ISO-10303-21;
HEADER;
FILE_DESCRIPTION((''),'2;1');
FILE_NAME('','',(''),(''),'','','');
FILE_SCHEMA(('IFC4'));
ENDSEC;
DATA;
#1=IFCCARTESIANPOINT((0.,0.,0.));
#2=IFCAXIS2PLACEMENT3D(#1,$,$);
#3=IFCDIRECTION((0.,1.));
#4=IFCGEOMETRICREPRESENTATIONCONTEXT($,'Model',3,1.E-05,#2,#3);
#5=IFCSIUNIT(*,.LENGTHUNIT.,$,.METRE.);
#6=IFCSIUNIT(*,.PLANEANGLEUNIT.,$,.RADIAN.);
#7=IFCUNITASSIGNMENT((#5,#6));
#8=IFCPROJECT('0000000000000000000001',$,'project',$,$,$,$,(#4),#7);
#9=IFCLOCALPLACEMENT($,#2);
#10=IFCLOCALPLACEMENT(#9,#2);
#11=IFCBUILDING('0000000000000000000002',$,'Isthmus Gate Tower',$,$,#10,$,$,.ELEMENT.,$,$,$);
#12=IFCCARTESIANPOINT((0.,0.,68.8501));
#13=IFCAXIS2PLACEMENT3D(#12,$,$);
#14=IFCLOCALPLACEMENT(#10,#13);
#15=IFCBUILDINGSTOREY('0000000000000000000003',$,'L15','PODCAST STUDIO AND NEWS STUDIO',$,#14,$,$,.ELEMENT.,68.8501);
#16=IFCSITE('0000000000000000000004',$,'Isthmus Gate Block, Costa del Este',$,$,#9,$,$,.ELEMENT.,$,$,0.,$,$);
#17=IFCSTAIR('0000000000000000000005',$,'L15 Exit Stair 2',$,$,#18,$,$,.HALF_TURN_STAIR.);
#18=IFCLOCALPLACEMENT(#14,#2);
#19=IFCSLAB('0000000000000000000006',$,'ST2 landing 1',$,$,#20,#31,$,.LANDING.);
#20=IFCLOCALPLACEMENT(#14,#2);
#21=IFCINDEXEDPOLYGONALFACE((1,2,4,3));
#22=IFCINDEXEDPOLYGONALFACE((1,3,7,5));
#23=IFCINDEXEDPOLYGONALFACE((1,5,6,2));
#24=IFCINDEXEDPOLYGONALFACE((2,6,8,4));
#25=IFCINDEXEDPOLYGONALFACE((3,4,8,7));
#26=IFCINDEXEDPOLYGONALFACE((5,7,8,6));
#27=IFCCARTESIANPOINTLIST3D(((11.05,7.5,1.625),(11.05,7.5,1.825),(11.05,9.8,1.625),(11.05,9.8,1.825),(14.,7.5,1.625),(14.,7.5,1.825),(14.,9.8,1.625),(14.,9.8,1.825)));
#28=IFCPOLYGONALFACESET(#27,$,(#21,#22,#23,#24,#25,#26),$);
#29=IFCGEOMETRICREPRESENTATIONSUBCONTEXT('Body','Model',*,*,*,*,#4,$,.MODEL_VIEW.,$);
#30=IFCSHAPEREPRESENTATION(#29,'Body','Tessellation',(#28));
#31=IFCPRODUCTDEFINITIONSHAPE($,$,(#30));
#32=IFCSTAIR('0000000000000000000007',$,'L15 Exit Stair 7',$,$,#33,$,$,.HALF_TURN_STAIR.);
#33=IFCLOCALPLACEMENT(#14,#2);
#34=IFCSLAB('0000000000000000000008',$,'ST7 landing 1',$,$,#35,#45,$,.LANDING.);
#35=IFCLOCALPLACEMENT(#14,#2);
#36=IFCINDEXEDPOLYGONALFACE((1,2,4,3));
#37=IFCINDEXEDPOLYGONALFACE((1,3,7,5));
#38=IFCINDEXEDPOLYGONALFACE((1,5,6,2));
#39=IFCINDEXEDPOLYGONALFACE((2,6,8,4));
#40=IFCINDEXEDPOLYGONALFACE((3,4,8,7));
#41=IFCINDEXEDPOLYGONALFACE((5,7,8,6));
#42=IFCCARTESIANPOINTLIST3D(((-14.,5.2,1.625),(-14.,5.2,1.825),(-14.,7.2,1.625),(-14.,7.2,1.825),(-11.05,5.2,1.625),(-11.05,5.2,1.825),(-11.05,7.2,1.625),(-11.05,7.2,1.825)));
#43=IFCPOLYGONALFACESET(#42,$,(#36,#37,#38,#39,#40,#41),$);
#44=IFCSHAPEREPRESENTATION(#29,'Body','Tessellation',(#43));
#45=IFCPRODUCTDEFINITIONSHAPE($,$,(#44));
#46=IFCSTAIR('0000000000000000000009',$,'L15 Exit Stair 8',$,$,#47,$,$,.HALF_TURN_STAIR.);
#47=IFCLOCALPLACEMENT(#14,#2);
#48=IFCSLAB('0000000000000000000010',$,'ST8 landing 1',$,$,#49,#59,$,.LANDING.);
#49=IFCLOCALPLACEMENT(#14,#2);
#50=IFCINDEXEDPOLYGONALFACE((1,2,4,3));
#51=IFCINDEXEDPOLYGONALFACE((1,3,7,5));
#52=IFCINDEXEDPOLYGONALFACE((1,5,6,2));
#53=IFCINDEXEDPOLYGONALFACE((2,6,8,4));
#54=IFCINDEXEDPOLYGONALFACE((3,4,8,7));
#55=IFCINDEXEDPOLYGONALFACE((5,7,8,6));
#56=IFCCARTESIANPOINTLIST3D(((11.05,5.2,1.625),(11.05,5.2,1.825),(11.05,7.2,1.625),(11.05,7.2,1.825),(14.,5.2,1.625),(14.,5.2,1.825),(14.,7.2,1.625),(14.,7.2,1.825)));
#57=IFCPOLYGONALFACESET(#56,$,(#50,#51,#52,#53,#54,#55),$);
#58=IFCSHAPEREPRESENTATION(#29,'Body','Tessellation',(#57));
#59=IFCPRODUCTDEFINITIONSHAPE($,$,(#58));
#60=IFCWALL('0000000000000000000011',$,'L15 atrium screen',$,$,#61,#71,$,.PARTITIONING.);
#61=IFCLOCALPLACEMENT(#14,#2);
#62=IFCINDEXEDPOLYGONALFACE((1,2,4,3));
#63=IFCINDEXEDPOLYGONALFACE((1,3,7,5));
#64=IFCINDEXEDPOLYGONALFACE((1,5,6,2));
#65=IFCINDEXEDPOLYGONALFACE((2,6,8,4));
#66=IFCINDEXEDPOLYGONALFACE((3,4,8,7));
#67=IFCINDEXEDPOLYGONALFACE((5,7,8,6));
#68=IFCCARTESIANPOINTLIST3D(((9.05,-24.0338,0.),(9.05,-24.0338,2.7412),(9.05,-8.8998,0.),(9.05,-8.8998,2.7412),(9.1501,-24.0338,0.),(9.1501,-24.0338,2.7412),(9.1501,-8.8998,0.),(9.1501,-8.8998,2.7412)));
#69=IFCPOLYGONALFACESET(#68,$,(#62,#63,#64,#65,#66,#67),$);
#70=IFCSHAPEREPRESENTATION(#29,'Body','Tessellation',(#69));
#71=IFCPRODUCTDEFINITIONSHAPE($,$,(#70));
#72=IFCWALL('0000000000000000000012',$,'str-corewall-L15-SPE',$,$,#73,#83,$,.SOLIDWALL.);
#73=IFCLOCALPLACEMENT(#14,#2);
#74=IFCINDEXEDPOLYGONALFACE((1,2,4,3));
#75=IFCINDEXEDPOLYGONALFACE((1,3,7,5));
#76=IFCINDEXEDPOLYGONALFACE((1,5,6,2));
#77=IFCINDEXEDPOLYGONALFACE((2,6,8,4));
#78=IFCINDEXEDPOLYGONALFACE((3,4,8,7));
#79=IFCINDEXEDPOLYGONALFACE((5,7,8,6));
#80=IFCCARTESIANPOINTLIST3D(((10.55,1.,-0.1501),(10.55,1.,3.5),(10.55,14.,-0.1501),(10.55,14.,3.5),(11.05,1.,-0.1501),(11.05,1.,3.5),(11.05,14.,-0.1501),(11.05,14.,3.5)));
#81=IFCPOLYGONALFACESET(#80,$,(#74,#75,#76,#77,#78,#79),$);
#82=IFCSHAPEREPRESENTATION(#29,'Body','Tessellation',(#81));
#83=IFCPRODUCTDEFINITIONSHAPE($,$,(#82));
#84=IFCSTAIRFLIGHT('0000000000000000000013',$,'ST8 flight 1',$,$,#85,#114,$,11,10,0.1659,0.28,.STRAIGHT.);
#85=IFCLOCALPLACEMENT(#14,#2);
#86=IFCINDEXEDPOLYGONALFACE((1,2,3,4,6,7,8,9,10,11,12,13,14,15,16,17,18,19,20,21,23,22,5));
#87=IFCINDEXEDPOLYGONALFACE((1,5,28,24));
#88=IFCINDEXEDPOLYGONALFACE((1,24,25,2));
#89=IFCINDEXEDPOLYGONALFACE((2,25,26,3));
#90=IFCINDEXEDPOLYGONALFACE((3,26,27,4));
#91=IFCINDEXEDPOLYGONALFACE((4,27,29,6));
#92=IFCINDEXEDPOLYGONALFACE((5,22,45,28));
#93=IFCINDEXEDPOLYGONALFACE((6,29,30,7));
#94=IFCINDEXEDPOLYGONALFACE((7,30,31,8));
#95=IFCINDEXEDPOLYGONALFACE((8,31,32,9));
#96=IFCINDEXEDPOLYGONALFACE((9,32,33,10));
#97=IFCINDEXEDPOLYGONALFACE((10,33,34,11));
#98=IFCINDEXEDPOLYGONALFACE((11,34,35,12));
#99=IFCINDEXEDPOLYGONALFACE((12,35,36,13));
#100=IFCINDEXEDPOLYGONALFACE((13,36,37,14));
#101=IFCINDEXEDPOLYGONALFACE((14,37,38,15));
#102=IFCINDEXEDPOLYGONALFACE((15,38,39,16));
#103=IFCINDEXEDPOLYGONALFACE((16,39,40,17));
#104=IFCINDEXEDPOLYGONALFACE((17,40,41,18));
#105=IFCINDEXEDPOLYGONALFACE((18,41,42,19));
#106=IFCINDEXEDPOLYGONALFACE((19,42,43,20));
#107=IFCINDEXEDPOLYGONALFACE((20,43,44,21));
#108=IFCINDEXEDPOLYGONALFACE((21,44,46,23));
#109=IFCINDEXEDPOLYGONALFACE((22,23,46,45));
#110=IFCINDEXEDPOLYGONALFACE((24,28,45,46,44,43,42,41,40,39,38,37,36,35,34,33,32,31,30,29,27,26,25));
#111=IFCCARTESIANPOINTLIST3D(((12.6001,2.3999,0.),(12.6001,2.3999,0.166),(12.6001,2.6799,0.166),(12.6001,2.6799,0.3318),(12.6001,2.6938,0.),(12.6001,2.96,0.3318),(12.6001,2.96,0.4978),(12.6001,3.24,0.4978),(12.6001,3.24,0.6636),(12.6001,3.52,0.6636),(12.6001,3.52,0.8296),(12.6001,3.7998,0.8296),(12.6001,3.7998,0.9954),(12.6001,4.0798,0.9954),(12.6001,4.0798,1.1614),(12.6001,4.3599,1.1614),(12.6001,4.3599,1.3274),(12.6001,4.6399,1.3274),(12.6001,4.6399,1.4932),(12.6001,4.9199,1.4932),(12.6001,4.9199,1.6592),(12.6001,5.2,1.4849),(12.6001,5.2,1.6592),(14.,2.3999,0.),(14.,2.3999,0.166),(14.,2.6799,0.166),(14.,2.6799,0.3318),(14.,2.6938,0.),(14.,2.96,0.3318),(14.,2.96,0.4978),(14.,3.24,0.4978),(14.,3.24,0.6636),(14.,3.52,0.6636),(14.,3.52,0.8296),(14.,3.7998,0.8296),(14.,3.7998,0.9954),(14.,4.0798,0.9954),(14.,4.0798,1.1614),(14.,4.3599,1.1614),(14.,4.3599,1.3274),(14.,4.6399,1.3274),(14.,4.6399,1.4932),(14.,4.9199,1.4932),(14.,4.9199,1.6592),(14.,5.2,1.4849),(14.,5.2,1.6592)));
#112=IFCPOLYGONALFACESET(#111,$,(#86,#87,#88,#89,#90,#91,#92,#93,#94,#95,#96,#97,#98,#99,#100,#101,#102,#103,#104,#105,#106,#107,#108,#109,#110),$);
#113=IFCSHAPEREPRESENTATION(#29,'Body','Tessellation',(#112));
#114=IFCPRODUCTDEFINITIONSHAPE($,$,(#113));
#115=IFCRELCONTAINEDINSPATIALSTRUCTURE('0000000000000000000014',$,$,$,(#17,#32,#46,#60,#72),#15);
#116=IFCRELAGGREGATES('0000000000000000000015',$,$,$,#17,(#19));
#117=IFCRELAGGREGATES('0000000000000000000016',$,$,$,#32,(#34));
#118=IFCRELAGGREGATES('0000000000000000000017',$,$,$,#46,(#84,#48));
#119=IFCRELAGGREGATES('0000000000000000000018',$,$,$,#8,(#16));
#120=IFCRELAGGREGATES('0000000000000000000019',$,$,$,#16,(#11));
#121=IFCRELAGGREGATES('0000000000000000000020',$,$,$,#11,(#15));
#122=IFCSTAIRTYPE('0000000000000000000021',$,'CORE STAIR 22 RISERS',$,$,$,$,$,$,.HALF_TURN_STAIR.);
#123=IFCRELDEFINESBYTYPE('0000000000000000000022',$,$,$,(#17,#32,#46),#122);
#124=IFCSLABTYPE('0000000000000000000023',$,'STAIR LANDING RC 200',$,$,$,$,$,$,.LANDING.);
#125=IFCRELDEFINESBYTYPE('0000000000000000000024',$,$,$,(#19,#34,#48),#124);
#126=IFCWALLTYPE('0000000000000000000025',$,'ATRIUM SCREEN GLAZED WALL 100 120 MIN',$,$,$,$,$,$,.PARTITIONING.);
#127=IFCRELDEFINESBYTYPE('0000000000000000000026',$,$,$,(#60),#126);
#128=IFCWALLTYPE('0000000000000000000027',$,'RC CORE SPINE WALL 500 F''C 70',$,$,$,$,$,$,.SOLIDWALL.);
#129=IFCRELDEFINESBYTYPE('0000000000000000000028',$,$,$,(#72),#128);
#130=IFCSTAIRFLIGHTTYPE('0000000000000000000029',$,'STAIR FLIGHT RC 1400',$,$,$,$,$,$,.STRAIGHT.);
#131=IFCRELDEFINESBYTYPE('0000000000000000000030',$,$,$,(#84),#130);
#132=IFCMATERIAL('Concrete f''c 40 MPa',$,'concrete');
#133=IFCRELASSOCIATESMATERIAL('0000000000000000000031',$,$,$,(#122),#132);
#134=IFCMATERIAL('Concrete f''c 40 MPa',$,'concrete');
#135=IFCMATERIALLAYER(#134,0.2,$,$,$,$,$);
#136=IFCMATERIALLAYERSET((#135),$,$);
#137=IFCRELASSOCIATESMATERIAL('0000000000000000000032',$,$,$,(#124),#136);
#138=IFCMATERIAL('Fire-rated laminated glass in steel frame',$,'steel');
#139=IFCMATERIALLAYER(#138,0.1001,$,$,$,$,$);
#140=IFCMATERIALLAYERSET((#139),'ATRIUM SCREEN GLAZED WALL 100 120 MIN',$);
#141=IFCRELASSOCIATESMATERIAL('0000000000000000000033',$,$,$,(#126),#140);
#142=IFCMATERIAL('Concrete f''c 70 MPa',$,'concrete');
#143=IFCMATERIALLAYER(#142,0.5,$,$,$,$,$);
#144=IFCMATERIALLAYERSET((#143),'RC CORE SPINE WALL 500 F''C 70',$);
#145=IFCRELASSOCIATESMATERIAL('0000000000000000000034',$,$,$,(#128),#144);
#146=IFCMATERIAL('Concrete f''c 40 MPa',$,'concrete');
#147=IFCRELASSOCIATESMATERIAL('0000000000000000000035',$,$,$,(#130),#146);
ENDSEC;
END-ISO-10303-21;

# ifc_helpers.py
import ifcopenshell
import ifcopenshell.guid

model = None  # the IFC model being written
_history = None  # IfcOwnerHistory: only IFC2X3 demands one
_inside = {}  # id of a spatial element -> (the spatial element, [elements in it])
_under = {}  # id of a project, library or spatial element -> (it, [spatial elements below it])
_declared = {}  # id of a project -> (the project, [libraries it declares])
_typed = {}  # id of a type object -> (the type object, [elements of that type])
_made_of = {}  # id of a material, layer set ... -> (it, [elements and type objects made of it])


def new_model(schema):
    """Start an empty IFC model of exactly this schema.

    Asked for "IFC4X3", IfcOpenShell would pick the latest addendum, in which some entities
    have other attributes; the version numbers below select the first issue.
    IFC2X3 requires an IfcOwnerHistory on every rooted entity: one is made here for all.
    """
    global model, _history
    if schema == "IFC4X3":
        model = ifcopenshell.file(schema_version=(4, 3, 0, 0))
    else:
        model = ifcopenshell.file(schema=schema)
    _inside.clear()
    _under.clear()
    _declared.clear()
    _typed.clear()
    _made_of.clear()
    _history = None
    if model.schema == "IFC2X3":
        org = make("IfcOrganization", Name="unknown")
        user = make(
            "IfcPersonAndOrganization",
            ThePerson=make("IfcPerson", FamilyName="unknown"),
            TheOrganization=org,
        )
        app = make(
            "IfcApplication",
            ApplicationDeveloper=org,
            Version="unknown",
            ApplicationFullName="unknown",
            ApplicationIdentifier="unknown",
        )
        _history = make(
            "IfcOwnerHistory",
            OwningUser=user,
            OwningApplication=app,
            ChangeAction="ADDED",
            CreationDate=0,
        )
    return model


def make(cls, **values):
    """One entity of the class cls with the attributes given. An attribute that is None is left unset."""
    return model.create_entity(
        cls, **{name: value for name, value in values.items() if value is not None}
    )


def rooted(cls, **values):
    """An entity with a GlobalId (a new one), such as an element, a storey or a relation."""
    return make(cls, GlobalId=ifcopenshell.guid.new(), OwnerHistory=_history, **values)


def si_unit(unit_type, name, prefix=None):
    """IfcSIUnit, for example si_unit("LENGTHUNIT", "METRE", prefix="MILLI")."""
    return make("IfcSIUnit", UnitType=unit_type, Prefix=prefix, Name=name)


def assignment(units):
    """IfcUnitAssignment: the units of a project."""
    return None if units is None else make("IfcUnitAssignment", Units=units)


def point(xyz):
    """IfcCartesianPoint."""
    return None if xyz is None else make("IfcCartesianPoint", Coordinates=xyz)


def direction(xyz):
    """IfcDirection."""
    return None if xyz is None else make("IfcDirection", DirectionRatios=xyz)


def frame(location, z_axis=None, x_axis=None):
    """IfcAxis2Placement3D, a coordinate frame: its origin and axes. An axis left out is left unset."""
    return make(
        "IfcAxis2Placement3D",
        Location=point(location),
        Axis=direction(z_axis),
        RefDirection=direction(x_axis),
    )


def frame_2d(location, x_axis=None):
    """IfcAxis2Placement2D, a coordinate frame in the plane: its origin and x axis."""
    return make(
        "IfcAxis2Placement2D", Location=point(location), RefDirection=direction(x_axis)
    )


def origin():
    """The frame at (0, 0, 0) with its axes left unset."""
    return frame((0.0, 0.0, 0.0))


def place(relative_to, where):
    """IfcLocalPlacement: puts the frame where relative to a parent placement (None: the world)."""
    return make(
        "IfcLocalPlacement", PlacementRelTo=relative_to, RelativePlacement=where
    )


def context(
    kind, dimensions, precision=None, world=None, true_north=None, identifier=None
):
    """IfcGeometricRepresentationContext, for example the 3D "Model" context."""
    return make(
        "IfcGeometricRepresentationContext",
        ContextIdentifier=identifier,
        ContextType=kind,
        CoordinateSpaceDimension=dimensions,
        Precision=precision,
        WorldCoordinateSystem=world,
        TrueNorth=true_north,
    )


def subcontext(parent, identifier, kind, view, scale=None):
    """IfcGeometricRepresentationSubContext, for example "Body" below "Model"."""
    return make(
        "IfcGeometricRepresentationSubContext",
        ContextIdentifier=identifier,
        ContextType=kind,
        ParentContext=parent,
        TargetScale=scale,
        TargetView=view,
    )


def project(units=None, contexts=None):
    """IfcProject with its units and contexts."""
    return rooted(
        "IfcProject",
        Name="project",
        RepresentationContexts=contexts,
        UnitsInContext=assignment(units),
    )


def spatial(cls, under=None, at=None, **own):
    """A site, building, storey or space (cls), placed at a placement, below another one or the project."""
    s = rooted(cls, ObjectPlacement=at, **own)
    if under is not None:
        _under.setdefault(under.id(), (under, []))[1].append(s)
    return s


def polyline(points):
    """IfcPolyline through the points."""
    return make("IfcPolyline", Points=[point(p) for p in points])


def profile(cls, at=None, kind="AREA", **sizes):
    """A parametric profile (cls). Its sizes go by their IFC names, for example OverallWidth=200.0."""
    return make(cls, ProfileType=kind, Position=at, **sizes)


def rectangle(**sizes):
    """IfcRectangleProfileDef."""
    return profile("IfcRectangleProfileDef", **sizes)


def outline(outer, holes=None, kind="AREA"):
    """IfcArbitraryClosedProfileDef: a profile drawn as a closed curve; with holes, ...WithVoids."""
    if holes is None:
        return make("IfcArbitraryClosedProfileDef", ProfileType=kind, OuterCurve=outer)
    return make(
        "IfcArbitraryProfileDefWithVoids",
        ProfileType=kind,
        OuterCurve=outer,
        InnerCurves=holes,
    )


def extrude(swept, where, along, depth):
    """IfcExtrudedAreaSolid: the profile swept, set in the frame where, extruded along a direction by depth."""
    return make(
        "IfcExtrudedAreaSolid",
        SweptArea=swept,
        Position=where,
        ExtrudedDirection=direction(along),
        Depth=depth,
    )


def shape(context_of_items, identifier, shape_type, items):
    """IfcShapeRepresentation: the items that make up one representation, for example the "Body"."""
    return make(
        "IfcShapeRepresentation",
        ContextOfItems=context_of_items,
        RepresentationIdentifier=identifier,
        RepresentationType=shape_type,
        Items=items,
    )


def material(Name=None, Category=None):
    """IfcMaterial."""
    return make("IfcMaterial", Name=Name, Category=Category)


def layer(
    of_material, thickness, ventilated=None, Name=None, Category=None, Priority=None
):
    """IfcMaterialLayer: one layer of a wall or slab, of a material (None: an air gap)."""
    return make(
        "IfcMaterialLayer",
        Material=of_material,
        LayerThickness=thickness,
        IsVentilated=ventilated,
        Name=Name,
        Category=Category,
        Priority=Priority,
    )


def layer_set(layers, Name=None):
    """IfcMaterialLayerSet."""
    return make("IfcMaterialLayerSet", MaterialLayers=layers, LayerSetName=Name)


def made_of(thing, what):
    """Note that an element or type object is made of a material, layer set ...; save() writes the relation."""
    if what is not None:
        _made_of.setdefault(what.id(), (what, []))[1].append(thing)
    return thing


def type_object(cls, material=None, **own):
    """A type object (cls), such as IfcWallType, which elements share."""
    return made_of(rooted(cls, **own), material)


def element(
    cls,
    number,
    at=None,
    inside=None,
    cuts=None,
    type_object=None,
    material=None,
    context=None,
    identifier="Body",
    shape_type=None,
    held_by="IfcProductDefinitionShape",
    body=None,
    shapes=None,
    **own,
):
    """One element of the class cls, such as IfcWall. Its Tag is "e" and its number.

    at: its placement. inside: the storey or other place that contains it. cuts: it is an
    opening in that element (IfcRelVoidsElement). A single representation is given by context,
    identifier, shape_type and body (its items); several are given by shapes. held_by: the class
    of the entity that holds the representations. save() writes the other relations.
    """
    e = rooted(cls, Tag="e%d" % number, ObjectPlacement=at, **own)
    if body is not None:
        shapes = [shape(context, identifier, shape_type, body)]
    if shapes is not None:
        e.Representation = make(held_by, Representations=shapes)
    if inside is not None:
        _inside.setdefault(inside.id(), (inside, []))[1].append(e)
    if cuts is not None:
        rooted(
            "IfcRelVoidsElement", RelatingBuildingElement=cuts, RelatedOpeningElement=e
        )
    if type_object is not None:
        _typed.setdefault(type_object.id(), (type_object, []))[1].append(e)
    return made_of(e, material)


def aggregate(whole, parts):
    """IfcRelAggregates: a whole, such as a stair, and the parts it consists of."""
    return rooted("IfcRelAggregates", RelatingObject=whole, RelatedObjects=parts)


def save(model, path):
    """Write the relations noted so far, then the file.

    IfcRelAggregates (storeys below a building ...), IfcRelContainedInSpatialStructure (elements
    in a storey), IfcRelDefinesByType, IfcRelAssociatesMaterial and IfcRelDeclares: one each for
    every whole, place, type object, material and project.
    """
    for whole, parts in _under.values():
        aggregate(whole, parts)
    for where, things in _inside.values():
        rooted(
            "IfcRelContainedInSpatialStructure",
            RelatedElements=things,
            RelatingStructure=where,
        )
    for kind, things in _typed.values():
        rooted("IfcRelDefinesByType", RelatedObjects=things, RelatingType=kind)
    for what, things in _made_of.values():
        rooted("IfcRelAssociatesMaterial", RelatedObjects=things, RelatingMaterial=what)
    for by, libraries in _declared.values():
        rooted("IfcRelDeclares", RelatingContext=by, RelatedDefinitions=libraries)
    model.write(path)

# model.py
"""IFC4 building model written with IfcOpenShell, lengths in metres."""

from ifc_helpers import new_model, si_unit, direction, frame, frame_2d, origin, place, context, subcontext, project, spatial, polyline, rectangle, outline, extrude, material, layer, layer_set, type_object, element, aggregate, save


model = new_model("IFC4")

# Units and contexts
model_context = context("Model", 3, precision=1e-05, world=origin(), true_north=direction((0.0, 1.0)))
body_context = subcontext(model_context, "Body", "Model", "MODEL_VIEW")
ifc_project = project(units=[si_unit("LENGTHUNIT", "METRE"), si_unit("PLANEANGLEUNIT", "RADIAN")], contexts=[model_context])

# Site, building, storey
site_placement = place(None, origin())
site = spatial("IfcSite", under=ifc_project, at=site_placement, Name="Isthmus Gate Block, Costa del Este", CompositionType="ELEMENT", RefElevation=0.0)
building_placement = place(site_placement, origin())
building = spatial("IfcBuilding", under=site, at=building_placement, Name="Isthmus Gate Tower", CompositionType="ELEMENT")
storey_placement = place(building_placement, frame((0.0, 0.0, 68.8501)))
storey = spatial("IfcBuildingStorey", under=building, at=storey_placement, Name="L15", Description="PODCAST STUDIO AND NEWS STUDIO", CompositionType="ELEMENT", Elevation=68.8501)

# Stairs, slabs
ifc_material_1 = material(Name="Concrete f'c 40 MPa", Category="concrete")
stair_type = type_object("IfcStairType", Name="CORE STAIR 22 RISERS", PredefinedType="HALF_TURN_STAIR", material=ifc_material_1)
ifc_material_2 = material(Name="Concrete f'c 40 MPa", Category="concrete")
ifc_layer_1 = layer(ifc_material_2, 0.2)
ifc_layer_set_1 = layer_set([ifc_layer_1])
slab_type_1 = type_object("IfcSlabType", Name="STAIR LANDING RC 200", PredefinedType="LANDING", material=ifc_layer_set_1)
stair_1_placement = place(storey_placement, origin())
stair_1 = element("IfcStair", 1, at=stair_1_placement, inside=storey, type_object=stair_type, Name="L15 Exit Stair 2", PredefinedType="HALF_TURN_STAIR")
slab_1_placement = place(storey_placement, frame((0.0, 0.0, 1.625)))
slab_1 = element("IfcSlab", 2, at=slab_1_placement, type_object=slab_type_1, Name="ST2 landing 1", PredefinedType="LANDING", context=body_context, shape_type="SweptSolid", body=[
    extrude(outline(polyline([(11.05, 9.8), (11.05, 7.5), (14.0, 7.5), (14.0, 9.8), (11.05, 9.8)])), origin(), (0.0, 0.0, 1.0), 0.2),
])
aggregate(stair_1, [slab_1])
stair_2_placement = place(storey_placement, origin())
stair_2 = element("IfcStair", 3, at=stair_2_placement, inside=storey, type_object=stair_type, Name="L15 Exit Stair 7", PredefinedType="HALF_TURN_STAIR")
slab_2_placement = place(storey_placement, frame((0.0, 0.0, 1.625)))
slab_2 = element("IfcSlab", 4, at=slab_2_placement, type_object=slab_type_1, Name="ST7 landing 1", PredefinedType="LANDING", context=body_context, shape_type="SweptSolid", body=[
    extrude(outline(polyline([(-11.05, 5.2), (-11.05, 7.2), (-14.0, 7.2), (-14.0, 5.2), (-11.05, 5.2)])), origin(), (0.0, 0.0, 1.0), 0.2),
])
aggregate(stair_2, [slab_2])
stair_3_placement = place(storey_placement, origin())
stair_3 = element("IfcStair", 5, at=stair_3_placement, inside=storey, type_object=stair_type, Name="L15 Exit Stair 8", PredefinedType="HALF_TURN_STAIR")
slab_3_placement = place(storey_placement, frame((0.0, 0.0, 1.625)))
slab_3 = element("IfcSlab", 6, at=slab_3_placement, type_object=slab_type_1, Name="ST8 landing 1", PredefinedType="LANDING", context=body_context, shape_type="SweptSolid", body=[
    extrude(outline(polyline([(14.0, 5.2), (14.0, 7.2), (11.05, 7.2), (11.05, 5.2), (14.0, 5.2)])), origin(), (0.0, 0.0, 1.0), 0.2),
])

# Walls
ifc_material_3 = material(Name="Fire-rated laminated glass in steel frame", Category="steel")
ifc_layer_2 = layer(ifc_material_3, 0.1001)
ifc_layer_set_2 = layer_set([ifc_layer_2], Name="ATRIUM SCREEN GLAZED WALL 100 120 MIN")
wall_type_1 = type_object("IfcWallType", Name="ATRIUM SCREEN GLAZED WALL 100 120 MIN", PredefinedType="PARTITIONING", material=ifc_layer_set_2)
wall_1_placement = place(storey_placement, frame((9.1001, -8.8999, 0.0), z_axis=(0.0, 0.0, 1.0), x_axis=(0.0, -1.0, 0.0)))
element("IfcWall", 7, at=wall_1_placement, inside=storey, type_object=wall_type_1, Name="L15 atrium screen", PredefinedType="PARTITIONING", context=body_context, shape_type="SweptSolid", body=[
    extrude(rectangle(XDim=15.134, YDim=0.1001, at=frame_2d((7.5669, 0.0))), origin(), (0.0, 0.0, 1.0), 2.7412),
])
ifc_material_4 = material(Name="Concrete f'c 70 MPa", Category="concrete")
ifc_layer_3 = layer(ifc_material_4, 0.5)
ifc_layer_set_3 = layer_set([ifc_layer_3], Name="RC CORE SPINE WALL 500 F'C 70")
wall_type_2 = type_object("IfcWallType", Name="RC CORE SPINE WALL 500 F'C 70", PredefinedType="SOLIDWALL", material=ifc_layer_set_3)
wall_2_placement = place(storey_placement, frame((10.8, 1.0, -0.1501), z_axis=(0.0, 0.0, 1.0), x_axis=(0.0, 1.0, 0.0)))
element("IfcWall", 8, at=wall_2_placement, inside=storey, type_object=wall_type_2, Name="str-corewall-L15-SPE", PredefinedType="SOLIDWALL", context=body_context, shape_type="SweptSolid", body=[
    extrude(rectangle(XDim=13.0, YDim=0.5, at=frame_2d((6.5, 0.0))), origin(), (0.0, 0.0, 1.0), 3.6501),
])

# Stair flight
ifc_material_5 = material(Name="Concrete f'c 40 MPa", Category="concrete")
stair_flight_type = type_object("IfcStairFlightType", Name="STAIR FLIGHT RC 1400", PredefinedType="STRAIGHT", material=ifc_material_5)
stair_flight_placement = place(storey_placement, frame((13.3, 2.3999, 0.0), z_axis=(0.0, 0.0, 1.0), x_axis=(0.0, 1.0, 0.0)))
stair_flight = element("IfcStairFlight", 9, at=stair_flight_placement, type_object=stair_flight_type, Name="ST8 flight 1", NumberOfRisers=11, NumberOfTreads=10, PredefinedType="STRAIGHT", RiserHeight=0.1659, TreadLength=0.28, context=body_context, shape_type="SweptSolid", body=[
    extrude(outline(polyline([(0.0, 0.0), (0.0, 0.166), (0.28, 0.166), (0.28, 0.3318), (0.5601, 0.3318), (0.5601, 0.4978), (0.8401, 0.4978), (0.8401, 0.6636), (1.1201, 0.6636), (1.1201, 0.8296), (1.3999, 0.8296), (1.3999, 0.9954), (1.6799, 0.9954), (1.6799, 1.1614), (1.96, 1.1614), (1.96, 1.3274), (2.24, 1.3274), (2.24, 1.4932), (2.52, 1.4932), (2.52, 1.6592), (2.8, 1.6592), (2.8, 1.825), (2.8, 1.4849), (0.2939, 0.0), (0.0, 0.0)])), frame((0.0, 0.7, 0.0), z_axis=(0.0, -1.0, 0.0), x_axis=(1.0, 0.0, 0.0)), (0.0, 0.0, 1.0), 1.3999),
])
aggregate(stair_3, [stair_flight, slab_3])

save(model, "model.ifc")
